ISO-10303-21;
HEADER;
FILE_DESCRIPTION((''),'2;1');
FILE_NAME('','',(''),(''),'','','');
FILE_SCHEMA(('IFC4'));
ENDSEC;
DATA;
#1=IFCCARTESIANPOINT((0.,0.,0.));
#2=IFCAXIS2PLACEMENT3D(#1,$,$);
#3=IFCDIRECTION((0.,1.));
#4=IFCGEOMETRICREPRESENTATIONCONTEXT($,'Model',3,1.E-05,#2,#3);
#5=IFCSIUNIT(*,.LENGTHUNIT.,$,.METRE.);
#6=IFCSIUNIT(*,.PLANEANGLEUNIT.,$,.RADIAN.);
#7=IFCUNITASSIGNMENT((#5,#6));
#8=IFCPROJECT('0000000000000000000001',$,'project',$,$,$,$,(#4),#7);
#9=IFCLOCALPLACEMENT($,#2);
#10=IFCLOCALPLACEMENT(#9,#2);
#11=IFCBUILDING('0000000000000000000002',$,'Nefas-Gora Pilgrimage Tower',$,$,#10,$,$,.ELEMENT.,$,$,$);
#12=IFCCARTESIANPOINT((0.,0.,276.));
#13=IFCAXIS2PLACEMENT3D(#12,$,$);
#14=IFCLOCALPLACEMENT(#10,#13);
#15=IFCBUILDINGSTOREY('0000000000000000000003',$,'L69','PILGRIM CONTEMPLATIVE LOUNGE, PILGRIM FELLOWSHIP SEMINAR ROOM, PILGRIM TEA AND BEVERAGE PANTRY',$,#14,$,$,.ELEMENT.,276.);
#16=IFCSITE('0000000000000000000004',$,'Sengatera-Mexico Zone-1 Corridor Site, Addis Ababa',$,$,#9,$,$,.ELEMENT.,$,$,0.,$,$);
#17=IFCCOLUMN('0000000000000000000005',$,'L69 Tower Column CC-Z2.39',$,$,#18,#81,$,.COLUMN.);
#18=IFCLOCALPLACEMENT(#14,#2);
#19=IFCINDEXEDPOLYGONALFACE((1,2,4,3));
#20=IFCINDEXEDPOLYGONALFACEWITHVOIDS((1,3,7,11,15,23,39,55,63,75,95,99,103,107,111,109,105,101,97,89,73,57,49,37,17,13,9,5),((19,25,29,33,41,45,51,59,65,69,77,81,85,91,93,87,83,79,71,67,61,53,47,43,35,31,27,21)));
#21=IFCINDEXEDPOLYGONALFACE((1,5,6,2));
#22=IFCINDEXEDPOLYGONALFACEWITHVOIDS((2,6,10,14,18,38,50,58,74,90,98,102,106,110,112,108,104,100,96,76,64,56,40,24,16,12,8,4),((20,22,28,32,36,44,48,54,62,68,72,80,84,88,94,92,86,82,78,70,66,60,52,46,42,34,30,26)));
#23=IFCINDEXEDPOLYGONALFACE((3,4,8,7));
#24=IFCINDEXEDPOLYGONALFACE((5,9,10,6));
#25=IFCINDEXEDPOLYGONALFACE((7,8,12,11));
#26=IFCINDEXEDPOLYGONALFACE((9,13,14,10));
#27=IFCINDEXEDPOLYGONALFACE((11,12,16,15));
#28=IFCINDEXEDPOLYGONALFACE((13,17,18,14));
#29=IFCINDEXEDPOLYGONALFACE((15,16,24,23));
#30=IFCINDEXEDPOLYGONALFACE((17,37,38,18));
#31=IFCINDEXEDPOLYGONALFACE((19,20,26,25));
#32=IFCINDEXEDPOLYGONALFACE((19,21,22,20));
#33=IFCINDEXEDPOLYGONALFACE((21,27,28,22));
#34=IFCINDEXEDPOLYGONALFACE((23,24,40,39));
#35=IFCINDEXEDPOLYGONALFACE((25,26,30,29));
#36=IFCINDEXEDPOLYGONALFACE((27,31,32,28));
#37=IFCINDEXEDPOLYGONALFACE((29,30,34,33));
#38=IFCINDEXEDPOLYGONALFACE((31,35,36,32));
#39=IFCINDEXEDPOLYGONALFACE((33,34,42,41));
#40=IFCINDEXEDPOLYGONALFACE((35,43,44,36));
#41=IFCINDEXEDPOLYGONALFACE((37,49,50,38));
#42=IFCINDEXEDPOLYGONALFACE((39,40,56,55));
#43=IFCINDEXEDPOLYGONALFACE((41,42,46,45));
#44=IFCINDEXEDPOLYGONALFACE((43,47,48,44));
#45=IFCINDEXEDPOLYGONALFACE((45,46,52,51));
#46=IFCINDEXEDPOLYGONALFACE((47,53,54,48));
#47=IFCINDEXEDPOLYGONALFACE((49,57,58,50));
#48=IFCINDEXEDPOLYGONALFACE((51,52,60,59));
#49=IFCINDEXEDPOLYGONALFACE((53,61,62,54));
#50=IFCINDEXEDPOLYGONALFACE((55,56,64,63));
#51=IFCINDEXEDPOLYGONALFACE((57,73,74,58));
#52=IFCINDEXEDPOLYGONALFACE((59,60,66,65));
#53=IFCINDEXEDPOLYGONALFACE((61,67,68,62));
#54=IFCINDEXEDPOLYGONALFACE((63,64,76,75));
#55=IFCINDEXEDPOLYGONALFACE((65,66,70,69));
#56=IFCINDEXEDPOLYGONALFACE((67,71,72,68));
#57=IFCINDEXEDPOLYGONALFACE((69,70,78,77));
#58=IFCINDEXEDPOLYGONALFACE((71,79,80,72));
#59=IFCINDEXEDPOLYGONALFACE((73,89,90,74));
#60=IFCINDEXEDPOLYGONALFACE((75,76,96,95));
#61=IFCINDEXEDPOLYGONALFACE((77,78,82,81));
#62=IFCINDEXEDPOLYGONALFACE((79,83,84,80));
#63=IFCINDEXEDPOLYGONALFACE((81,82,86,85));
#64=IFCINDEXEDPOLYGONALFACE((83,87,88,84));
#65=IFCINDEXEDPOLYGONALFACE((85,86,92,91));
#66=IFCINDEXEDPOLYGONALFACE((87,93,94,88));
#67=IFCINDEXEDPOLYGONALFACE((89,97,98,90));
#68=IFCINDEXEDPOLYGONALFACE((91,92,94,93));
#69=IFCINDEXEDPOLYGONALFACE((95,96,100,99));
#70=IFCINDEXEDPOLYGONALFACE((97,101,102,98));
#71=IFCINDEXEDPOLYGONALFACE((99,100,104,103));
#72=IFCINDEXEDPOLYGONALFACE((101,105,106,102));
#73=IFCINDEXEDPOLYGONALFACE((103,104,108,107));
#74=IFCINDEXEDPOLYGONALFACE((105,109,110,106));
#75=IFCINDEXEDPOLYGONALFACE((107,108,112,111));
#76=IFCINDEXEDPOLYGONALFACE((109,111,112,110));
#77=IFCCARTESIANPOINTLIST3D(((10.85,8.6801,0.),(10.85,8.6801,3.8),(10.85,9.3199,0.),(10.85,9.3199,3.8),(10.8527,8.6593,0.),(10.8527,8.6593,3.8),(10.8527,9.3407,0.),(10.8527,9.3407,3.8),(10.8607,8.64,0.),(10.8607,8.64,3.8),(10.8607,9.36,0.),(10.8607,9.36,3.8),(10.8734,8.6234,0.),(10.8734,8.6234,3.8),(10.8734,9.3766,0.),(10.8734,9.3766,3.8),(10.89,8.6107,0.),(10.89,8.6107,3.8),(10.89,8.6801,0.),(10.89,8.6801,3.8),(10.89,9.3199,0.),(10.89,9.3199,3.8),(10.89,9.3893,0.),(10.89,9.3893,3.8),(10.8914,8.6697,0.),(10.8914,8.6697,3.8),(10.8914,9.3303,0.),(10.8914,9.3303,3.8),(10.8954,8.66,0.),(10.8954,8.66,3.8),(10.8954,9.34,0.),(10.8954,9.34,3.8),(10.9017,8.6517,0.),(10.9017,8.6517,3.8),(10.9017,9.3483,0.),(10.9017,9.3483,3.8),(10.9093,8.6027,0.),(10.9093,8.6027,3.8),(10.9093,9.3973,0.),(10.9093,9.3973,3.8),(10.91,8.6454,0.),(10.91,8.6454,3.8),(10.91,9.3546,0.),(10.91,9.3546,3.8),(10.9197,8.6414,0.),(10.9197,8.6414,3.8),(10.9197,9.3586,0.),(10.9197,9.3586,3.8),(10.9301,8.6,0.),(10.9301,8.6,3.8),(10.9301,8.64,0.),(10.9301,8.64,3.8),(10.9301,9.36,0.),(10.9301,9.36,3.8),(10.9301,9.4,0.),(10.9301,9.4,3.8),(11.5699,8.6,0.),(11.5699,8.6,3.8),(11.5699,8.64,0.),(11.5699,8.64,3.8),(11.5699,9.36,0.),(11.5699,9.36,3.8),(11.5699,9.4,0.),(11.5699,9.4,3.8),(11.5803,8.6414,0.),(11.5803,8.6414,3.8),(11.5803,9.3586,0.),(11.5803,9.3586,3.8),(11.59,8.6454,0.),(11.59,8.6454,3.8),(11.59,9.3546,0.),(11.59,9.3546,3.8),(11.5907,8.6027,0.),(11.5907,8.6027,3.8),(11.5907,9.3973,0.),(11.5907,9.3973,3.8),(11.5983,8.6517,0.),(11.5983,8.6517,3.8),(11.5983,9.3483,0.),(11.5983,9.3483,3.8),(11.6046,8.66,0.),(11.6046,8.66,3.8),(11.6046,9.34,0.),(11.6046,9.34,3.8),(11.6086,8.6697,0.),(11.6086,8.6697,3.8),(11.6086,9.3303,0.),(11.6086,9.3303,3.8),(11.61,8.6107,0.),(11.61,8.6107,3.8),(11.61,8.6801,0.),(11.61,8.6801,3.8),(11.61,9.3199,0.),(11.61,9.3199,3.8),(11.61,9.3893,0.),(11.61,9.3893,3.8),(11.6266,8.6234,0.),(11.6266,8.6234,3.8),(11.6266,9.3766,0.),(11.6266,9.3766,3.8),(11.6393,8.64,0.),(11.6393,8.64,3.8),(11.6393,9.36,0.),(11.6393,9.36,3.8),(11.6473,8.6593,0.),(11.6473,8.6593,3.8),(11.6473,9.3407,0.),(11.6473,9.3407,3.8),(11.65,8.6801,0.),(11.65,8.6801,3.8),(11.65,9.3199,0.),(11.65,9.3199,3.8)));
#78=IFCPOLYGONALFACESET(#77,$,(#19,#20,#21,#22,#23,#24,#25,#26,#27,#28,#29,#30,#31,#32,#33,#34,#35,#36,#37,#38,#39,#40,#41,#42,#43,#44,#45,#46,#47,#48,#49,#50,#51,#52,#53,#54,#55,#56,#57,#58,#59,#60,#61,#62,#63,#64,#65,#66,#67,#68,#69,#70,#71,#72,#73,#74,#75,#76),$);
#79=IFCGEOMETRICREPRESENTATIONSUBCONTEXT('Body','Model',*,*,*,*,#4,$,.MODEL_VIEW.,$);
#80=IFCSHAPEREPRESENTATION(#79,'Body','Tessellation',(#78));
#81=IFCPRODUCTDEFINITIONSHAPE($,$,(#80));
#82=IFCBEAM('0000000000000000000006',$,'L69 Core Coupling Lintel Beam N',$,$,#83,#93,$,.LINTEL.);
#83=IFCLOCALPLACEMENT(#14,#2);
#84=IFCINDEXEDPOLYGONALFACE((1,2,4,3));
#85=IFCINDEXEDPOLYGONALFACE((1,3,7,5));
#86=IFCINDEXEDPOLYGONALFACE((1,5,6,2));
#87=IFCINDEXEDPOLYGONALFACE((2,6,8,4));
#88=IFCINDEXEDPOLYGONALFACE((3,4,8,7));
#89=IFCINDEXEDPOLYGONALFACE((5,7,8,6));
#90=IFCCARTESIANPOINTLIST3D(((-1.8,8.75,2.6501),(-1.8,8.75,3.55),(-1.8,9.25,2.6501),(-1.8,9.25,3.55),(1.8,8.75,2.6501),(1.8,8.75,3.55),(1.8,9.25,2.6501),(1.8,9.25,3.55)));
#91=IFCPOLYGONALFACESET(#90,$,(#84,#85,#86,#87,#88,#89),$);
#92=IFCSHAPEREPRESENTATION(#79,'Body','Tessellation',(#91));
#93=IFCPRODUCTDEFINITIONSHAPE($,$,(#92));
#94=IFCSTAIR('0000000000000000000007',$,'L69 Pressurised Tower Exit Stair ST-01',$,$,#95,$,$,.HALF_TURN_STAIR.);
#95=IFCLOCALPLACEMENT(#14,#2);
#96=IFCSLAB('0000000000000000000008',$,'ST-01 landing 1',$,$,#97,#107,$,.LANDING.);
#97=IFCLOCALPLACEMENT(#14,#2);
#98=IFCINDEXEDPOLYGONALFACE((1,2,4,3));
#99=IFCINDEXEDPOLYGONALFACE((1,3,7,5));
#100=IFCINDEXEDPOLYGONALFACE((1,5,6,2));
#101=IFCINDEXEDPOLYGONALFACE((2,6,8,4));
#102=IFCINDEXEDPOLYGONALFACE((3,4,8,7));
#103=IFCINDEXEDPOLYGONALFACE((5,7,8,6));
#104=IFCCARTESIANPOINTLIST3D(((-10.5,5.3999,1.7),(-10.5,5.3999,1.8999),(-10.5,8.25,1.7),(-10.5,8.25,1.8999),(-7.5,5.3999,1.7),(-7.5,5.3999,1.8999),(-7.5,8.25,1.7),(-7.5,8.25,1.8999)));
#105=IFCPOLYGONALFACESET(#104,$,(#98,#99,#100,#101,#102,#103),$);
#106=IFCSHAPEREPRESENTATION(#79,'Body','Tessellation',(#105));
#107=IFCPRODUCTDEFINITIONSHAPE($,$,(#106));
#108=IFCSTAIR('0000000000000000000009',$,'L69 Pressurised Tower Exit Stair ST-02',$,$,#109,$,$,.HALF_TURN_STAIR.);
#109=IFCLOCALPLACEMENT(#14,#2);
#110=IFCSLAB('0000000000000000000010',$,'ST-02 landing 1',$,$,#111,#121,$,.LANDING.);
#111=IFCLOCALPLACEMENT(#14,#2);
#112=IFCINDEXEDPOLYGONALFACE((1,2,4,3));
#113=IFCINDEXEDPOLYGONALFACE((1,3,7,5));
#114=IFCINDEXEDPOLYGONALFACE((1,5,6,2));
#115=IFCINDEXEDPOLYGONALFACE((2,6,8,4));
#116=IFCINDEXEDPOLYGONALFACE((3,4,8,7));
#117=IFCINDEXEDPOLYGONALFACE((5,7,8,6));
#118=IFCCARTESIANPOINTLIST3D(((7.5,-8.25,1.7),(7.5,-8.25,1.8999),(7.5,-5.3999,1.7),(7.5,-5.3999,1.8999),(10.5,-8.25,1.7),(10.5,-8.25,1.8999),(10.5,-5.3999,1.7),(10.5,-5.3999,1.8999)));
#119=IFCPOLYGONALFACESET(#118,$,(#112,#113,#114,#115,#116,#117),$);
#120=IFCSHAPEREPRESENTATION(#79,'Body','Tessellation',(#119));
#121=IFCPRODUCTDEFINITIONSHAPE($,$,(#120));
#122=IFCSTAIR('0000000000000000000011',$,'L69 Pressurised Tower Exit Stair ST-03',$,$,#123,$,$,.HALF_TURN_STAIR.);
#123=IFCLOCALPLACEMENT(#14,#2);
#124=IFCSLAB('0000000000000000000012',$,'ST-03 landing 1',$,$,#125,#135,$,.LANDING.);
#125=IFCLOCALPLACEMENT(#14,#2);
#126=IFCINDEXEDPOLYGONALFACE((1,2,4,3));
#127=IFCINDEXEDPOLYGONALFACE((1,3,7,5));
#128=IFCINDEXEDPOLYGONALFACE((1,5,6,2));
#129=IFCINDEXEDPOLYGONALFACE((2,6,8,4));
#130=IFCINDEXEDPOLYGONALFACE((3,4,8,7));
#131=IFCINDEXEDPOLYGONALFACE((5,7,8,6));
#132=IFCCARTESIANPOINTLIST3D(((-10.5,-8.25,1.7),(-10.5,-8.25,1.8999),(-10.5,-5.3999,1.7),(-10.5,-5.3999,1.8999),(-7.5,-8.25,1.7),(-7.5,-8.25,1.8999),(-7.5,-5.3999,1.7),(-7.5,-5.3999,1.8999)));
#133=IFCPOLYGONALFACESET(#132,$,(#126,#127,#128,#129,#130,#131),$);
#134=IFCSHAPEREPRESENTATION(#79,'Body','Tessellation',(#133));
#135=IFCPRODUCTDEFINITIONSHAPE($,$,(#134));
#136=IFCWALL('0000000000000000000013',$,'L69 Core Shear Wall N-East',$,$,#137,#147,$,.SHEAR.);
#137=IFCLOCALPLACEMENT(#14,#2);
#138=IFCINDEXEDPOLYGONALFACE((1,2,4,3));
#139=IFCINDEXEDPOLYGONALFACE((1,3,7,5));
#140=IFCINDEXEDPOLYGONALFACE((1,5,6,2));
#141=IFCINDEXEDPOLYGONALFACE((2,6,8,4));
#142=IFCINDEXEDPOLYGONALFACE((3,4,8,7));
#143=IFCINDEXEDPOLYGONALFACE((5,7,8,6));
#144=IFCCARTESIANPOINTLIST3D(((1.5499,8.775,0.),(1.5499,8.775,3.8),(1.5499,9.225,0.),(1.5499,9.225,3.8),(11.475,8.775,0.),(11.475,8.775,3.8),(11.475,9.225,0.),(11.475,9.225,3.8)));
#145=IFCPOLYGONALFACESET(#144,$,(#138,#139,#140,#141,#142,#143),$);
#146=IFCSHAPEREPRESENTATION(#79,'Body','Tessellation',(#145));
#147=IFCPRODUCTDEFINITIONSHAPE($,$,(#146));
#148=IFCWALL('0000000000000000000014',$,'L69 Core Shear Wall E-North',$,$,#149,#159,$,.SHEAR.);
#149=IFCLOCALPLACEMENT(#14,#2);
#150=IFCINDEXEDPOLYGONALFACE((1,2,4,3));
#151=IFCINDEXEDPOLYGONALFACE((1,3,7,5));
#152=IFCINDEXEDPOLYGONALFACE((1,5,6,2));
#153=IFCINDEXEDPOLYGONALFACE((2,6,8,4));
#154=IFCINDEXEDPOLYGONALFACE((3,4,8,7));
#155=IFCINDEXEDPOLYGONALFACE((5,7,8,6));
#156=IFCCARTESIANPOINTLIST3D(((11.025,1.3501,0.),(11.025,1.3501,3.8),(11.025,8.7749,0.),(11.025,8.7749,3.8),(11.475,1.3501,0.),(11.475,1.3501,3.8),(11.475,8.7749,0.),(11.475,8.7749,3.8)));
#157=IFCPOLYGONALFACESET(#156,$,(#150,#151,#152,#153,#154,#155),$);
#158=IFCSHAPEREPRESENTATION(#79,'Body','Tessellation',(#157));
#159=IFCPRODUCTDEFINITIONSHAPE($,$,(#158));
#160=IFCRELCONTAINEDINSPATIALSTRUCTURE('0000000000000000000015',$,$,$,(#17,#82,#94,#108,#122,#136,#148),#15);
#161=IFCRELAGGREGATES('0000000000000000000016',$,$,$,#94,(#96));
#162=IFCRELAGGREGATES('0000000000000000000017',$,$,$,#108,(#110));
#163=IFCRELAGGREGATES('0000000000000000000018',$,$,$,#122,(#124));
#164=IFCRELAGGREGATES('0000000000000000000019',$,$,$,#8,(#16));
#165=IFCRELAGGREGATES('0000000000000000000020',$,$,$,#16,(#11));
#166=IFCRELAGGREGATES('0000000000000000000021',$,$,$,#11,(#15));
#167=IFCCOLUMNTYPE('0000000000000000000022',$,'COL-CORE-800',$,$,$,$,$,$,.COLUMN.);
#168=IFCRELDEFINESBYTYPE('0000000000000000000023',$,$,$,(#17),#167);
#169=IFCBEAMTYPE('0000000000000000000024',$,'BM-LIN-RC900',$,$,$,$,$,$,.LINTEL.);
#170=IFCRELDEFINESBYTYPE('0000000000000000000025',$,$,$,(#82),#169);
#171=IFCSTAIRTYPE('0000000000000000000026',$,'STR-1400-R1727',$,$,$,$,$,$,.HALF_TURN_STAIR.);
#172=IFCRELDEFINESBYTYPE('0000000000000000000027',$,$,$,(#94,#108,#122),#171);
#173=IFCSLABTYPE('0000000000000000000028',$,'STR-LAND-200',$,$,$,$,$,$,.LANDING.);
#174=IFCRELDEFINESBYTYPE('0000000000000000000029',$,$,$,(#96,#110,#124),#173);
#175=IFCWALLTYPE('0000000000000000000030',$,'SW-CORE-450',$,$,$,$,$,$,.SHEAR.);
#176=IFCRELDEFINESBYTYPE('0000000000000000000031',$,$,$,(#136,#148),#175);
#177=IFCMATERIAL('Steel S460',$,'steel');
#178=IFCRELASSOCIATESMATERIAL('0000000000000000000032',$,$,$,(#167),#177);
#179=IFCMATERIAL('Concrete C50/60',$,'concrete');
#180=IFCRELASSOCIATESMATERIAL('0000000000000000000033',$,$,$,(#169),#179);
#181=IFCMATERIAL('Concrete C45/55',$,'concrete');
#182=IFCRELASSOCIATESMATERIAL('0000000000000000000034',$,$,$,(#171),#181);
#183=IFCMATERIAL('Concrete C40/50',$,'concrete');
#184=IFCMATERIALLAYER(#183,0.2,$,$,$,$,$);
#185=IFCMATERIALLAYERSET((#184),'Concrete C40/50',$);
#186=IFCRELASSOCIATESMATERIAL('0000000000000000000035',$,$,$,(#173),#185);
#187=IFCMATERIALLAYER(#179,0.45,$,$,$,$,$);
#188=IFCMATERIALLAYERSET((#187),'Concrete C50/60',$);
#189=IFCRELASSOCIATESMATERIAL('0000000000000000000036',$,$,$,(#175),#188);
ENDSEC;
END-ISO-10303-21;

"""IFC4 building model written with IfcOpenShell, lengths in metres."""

from ifc_helpers import new_model, si_unit, direction, frame, frame_2d, origin, origin_2d, place, context, subcontext, project, spatial, polyline, rectangle, hollow_rectangle, outline, extrude, source, transform, mapped, material, layer, layer_set, material_profile, profile_set, type_object, element, aggregate, save


model = new_model("IFC4")

# Units and contexts
model_context = context("Model", 3, precision=1e-05, world=origin(), true_north=direction((0.0, 1.0)))
body_context = subcontext(model_context, "Body", "Model", "MODEL_VIEW")
ifc_project = project(units=[si_unit("LENGTHUNIT", "METRE"), si_unit("PLANEANGLEUNIT", "RADIAN")], contexts=[model_context])

# Site, building, storey
site_placement = place(None, origin())
site = spatial("IfcSite", under=ifc_project, at=site_placement, Name="Sengatera-Mexico Zone-1 Corridor Site, Addis Ababa", CompositionType="ELEMENT", RefElevation=0.0)
building_placement = place(site_placement, origin())
building = spatial("IfcBuilding", under=site, at=building_placement, Name="Nefas-Gora Pilgrimage Tower", CompositionType="ELEMENT")
storey_placement = place(building_placement, frame((0.0, 0.0, 276.0)))
storey = spatial("IfcBuildingStorey", under=building, at=storey_placement, Name="L69", Description="PILGRIM CONTEMPLATIVE LOUNGE, PILGRIM FELLOWSHIP SEMINAR ROOM, PILGRIM TEA AND BEVERAGE PANTRY", CompositionType="ELEMENT", Elevation=276.0)

# Column
ifc_material_1 = material(Name="Steel S460", Category="steel")
ifc_material_profile_1 = material_profile(ifc_material_1, hollow_rectangle(XDim=0.8, YDim=0.8, WallThickness=0.04, InnerFilletRadius=0.04, OuterFilletRadius=0.0801, at=origin_2d()), Name="BOX 800x800x40")
ifc_profile_set_1 = profile_set([ifc_material_profile_1], Name="Steel S460")
column_type = type_object("IfcColumnType", Name="COL-CORE-800", PredefinedType="COLUMN", material=ifc_profile_set_1)
shared_shape_1 = source(origin(), body_context, "Body", "SweptSolid", [
    extrude(hollow_rectangle(XDim=0.8, YDim=0.8, WallThickness=0.04, InnerFilletRadius=0.04, OuterFilletRadius=0.0801, at=origin_2d()), origin(), (0.0, 0.0, 1.0), 3.8),
])
column_placement = place(storey_placement, frame((11.25, 9.0, 0.0), z_axis=(0.0, 0.0, 1.0), x_axis=(1.0, 0.0, 0.0)))
element("IfcColumn", 1, at=column_placement, inside=storey, type_object=column_type, Name="L69 Tower Column CC-Z2.39", PredefinedType="COLUMN", context=body_context, shape_type="MappedRepresentation", body=[
    mapped(shared_shape_1, transform((0.0, 0.0, 0.0), x_axis=(1.0, 0.0, 0.0), y_axis=(0.0, 1.0, 0.0), z_axis=(0.0, 0.0, 1.0), scale=1.0)),
])

# Beam
ifc_material_2 = material(Name="Concrete C50/60", Category="concrete")
ifc_material_profile_2 = material_profile(ifc_material_2, rectangle(XDim=0.5, YDim=0.8999, at=origin_2d()), Name="RC 500x900")
ifc_profile_set_2 = profile_set([ifc_material_profile_2], Name="Concrete C50/60")
beam_type = type_object("IfcBeamType", Name="BM-LIN-RC900", PredefinedType="LINTEL", material=ifc_profile_set_2)
shared_shape_2 = source(origin(), body_context, "Body", "SweptSolid", [
    extrude(rectangle(XDim=0.5, YDim=0.8999, at=origin_2d()), origin(), (0.0, 0.0, 1.0), 3.6001),
])
beam_placement = place(storey_placement, frame((-1.8, 9.0, 3.1001), z_axis=(1.0, 0.0, 0.0), x_axis=(0.0, 1.0, 0.0)))
element("IfcBeam", 2, at=beam_placement, inside=storey, type_object=beam_type, Name="L69 Core Coupling Lintel Beam N", PredefinedType="LINTEL", context=body_context, shape_type="MappedRepresentation", body=[
    mapped(shared_shape_2, transform((0.0, 0.0, 0.0), x_axis=(1.0, 0.0, 0.0), y_axis=(0.0, 1.0, 0.0), z_axis=(0.0, 0.0, 1.0), scale=1.0)),
])

# Stairs, slabs
ifc_material_3 = material(Name="Concrete C45/55", Category="concrete")
stair_type = type_object("IfcStairType", Name="STR-1400-R1727", PredefinedType="HALF_TURN_STAIR", material=ifc_material_3)
stair_1_placement = place(storey_placement, origin())
stair_1 = element("IfcStair", 3, at=stair_1_placement, inside=storey, type_object=stair_type, Name="L69 Pressurised Tower Exit Stair ST-01", PredefinedType="HALF_TURN_STAIR")
ifc_material_4 = material(Name="Concrete C40/50", Category="concrete")
ifc_layer_1 = layer(ifc_material_4, 0.2)
ifc_layer_set_1 = layer_set([ifc_layer_1], Name="Concrete C40/50")
slab_type = type_object("IfcSlabType", Name="STR-LAND-200", PredefinedType="LANDING", material=ifc_layer_set_1)
slab_1_placement = place(storey_placement, frame((0.0, 0.0, 1.7)))
slab_1 = element("IfcSlab", 4, at=slab_1_placement, type_object=slab_type, Name="ST-01 landing 1", PredefinedType="LANDING", context=body_context, shape_type="SweptSolid", body=[
    extrude(outline(polyline([(-7.5, 5.3999), (-7.5, 8.25), (-10.5, 8.25), (-10.5, 5.3999), (-7.5, 5.3999)])), origin(), (0.0, 0.0, 1.0), 0.2),
])
aggregate(stair_1, [slab_1])
stair_2_placement = place(storey_placement, origin())
stair_2 = element("IfcStair", 5, at=stair_2_placement, inside=storey, type_object=stair_type, Name="L69 Pressurised Tower Exit Stair ST-02", PredefinedType="HALF_TURN_STAIR")
slab_2_placement = place(storey_placement, frame((0.0, 0.0, 1.7)))
slab_2 = element("IfcSlab", 6, at=slab_2_placement, type_object=slab_type, Name="ST-02 landing 1", PredefinedType="LANDING", context=body_context, shape_type="SweptSolid", body=[
    extrude(outline(polyline([(7.5, -5.3999), (7.5, -8.25), (10.5, -8.25), (10.5, -5.3999), (7.5, -5.3999)])), origin(), (0.0, 0.0, 1.0), 0.2),
])
aggregate(stair_2, [slab_2])
stair_3_placement = place(storey_placement, origin())
stair_3 = element("IfcStair", 7, at=stair_3_placement, inside=storey, type_object=stair_type, Name="L69 Pressurised Tower Exit Stair ST-03", PredefinedType="HALF_TURN_STAIR")
slab_3_placement = place(storey_placement, frame((0.0, 0.0, 1.7)))
slab_3 = element("IfcSlab", 8, at=slab_3_placement, type_object=slab_type, Name="ST-03 landing 1", PredefinedType="LANDING", context=body_context, shape_type="SweptSolid", body=[
    extrude(outline(polyline([(-10.5, -5.3999), (-10.5, -8.25), (-7.5, -8.25), (-7.5, -5.3999), (-10.5, -5.3999)])), origin(), (0.0, 0.0, 1.0), 0.2),
])
aggregate(stair_3, [slab_3])

# Walls
ifc_layer_2 = layer(ifc_material_2, 0.45)
ifc_layer_set_2 = layer_set([ifc_layer_2], Name="Concrete C50/60")
wall_type_1 = type_object("IfcWallType", Name="SW-CORE-450", PredefinedType="SHEAR", material=ifc_layer_set_2)
shared_shape_3 = source(origin(), body_context, "Body", "SweptSolid", [
    extrude(rectangle(XDim=9.925, YDim=0.45, at=frame_2d((4.9624, 0.0))), origin(), (0.0, 0.0, 1.0), 3.8),
])
wall_1_placement = place(storey_placement, frame((1.55, 9.0, 0.0), z_axis=(0.0, 0.0, 1.0), x_axis=(1.0, 0.0, 0.0)))
element("IfcWall", 9, at=wall_1_placement, inside=storey, type_object=wall_type_1, Name="L69 Core Shear Wall N-East", PredefinedType="SHEAR", context=body_context, shape_type="MappedRepresentation", body=[
    mapped(shared_shape_3, transform((0.0, 0.0, 0.0), x_axis=(1.0, 0.0, 0.0), y_axis=(0.0, 1.0, 0.0), z_axis=(0.0, 0.0, 1.0), scale=1.0)),
])
shared_shape_4 = source(origin(), body_context, "Body", "SweptSolid", [
    extrude(rectangle(XDim=7.4248, YDim=0.45, at=frame_2d((3.7124, 0.0))), origin(), (0.0, 0.0, 1.0), 3.8),
])
wall_2_placement = place(storey_placement, frame((11.25, 1.3501, 0.0), z_axis=(0.0, 0.0, 1.0), x_axis=(0.0, 1.0, 0.0)))
element("IfcWall", 10, at=wall_2_placement, inside=storey, type_object=wall_type_1, Name="L69 Core Shear Wall E-North", PredefinedType="SHEAR", context=body_context, shape_type="MappedRepresentation", body=[
    mapped(shared_shape_4, transform((0.0, 0.0, 0.0), x_axis=(1.0, 0.0, 0.0), y_axis=(0.0, 1.0, 0.0), z_axis=(0.0, 0.0, 1.0), scale=1.0)),
])

save(model, "model.ifc")
